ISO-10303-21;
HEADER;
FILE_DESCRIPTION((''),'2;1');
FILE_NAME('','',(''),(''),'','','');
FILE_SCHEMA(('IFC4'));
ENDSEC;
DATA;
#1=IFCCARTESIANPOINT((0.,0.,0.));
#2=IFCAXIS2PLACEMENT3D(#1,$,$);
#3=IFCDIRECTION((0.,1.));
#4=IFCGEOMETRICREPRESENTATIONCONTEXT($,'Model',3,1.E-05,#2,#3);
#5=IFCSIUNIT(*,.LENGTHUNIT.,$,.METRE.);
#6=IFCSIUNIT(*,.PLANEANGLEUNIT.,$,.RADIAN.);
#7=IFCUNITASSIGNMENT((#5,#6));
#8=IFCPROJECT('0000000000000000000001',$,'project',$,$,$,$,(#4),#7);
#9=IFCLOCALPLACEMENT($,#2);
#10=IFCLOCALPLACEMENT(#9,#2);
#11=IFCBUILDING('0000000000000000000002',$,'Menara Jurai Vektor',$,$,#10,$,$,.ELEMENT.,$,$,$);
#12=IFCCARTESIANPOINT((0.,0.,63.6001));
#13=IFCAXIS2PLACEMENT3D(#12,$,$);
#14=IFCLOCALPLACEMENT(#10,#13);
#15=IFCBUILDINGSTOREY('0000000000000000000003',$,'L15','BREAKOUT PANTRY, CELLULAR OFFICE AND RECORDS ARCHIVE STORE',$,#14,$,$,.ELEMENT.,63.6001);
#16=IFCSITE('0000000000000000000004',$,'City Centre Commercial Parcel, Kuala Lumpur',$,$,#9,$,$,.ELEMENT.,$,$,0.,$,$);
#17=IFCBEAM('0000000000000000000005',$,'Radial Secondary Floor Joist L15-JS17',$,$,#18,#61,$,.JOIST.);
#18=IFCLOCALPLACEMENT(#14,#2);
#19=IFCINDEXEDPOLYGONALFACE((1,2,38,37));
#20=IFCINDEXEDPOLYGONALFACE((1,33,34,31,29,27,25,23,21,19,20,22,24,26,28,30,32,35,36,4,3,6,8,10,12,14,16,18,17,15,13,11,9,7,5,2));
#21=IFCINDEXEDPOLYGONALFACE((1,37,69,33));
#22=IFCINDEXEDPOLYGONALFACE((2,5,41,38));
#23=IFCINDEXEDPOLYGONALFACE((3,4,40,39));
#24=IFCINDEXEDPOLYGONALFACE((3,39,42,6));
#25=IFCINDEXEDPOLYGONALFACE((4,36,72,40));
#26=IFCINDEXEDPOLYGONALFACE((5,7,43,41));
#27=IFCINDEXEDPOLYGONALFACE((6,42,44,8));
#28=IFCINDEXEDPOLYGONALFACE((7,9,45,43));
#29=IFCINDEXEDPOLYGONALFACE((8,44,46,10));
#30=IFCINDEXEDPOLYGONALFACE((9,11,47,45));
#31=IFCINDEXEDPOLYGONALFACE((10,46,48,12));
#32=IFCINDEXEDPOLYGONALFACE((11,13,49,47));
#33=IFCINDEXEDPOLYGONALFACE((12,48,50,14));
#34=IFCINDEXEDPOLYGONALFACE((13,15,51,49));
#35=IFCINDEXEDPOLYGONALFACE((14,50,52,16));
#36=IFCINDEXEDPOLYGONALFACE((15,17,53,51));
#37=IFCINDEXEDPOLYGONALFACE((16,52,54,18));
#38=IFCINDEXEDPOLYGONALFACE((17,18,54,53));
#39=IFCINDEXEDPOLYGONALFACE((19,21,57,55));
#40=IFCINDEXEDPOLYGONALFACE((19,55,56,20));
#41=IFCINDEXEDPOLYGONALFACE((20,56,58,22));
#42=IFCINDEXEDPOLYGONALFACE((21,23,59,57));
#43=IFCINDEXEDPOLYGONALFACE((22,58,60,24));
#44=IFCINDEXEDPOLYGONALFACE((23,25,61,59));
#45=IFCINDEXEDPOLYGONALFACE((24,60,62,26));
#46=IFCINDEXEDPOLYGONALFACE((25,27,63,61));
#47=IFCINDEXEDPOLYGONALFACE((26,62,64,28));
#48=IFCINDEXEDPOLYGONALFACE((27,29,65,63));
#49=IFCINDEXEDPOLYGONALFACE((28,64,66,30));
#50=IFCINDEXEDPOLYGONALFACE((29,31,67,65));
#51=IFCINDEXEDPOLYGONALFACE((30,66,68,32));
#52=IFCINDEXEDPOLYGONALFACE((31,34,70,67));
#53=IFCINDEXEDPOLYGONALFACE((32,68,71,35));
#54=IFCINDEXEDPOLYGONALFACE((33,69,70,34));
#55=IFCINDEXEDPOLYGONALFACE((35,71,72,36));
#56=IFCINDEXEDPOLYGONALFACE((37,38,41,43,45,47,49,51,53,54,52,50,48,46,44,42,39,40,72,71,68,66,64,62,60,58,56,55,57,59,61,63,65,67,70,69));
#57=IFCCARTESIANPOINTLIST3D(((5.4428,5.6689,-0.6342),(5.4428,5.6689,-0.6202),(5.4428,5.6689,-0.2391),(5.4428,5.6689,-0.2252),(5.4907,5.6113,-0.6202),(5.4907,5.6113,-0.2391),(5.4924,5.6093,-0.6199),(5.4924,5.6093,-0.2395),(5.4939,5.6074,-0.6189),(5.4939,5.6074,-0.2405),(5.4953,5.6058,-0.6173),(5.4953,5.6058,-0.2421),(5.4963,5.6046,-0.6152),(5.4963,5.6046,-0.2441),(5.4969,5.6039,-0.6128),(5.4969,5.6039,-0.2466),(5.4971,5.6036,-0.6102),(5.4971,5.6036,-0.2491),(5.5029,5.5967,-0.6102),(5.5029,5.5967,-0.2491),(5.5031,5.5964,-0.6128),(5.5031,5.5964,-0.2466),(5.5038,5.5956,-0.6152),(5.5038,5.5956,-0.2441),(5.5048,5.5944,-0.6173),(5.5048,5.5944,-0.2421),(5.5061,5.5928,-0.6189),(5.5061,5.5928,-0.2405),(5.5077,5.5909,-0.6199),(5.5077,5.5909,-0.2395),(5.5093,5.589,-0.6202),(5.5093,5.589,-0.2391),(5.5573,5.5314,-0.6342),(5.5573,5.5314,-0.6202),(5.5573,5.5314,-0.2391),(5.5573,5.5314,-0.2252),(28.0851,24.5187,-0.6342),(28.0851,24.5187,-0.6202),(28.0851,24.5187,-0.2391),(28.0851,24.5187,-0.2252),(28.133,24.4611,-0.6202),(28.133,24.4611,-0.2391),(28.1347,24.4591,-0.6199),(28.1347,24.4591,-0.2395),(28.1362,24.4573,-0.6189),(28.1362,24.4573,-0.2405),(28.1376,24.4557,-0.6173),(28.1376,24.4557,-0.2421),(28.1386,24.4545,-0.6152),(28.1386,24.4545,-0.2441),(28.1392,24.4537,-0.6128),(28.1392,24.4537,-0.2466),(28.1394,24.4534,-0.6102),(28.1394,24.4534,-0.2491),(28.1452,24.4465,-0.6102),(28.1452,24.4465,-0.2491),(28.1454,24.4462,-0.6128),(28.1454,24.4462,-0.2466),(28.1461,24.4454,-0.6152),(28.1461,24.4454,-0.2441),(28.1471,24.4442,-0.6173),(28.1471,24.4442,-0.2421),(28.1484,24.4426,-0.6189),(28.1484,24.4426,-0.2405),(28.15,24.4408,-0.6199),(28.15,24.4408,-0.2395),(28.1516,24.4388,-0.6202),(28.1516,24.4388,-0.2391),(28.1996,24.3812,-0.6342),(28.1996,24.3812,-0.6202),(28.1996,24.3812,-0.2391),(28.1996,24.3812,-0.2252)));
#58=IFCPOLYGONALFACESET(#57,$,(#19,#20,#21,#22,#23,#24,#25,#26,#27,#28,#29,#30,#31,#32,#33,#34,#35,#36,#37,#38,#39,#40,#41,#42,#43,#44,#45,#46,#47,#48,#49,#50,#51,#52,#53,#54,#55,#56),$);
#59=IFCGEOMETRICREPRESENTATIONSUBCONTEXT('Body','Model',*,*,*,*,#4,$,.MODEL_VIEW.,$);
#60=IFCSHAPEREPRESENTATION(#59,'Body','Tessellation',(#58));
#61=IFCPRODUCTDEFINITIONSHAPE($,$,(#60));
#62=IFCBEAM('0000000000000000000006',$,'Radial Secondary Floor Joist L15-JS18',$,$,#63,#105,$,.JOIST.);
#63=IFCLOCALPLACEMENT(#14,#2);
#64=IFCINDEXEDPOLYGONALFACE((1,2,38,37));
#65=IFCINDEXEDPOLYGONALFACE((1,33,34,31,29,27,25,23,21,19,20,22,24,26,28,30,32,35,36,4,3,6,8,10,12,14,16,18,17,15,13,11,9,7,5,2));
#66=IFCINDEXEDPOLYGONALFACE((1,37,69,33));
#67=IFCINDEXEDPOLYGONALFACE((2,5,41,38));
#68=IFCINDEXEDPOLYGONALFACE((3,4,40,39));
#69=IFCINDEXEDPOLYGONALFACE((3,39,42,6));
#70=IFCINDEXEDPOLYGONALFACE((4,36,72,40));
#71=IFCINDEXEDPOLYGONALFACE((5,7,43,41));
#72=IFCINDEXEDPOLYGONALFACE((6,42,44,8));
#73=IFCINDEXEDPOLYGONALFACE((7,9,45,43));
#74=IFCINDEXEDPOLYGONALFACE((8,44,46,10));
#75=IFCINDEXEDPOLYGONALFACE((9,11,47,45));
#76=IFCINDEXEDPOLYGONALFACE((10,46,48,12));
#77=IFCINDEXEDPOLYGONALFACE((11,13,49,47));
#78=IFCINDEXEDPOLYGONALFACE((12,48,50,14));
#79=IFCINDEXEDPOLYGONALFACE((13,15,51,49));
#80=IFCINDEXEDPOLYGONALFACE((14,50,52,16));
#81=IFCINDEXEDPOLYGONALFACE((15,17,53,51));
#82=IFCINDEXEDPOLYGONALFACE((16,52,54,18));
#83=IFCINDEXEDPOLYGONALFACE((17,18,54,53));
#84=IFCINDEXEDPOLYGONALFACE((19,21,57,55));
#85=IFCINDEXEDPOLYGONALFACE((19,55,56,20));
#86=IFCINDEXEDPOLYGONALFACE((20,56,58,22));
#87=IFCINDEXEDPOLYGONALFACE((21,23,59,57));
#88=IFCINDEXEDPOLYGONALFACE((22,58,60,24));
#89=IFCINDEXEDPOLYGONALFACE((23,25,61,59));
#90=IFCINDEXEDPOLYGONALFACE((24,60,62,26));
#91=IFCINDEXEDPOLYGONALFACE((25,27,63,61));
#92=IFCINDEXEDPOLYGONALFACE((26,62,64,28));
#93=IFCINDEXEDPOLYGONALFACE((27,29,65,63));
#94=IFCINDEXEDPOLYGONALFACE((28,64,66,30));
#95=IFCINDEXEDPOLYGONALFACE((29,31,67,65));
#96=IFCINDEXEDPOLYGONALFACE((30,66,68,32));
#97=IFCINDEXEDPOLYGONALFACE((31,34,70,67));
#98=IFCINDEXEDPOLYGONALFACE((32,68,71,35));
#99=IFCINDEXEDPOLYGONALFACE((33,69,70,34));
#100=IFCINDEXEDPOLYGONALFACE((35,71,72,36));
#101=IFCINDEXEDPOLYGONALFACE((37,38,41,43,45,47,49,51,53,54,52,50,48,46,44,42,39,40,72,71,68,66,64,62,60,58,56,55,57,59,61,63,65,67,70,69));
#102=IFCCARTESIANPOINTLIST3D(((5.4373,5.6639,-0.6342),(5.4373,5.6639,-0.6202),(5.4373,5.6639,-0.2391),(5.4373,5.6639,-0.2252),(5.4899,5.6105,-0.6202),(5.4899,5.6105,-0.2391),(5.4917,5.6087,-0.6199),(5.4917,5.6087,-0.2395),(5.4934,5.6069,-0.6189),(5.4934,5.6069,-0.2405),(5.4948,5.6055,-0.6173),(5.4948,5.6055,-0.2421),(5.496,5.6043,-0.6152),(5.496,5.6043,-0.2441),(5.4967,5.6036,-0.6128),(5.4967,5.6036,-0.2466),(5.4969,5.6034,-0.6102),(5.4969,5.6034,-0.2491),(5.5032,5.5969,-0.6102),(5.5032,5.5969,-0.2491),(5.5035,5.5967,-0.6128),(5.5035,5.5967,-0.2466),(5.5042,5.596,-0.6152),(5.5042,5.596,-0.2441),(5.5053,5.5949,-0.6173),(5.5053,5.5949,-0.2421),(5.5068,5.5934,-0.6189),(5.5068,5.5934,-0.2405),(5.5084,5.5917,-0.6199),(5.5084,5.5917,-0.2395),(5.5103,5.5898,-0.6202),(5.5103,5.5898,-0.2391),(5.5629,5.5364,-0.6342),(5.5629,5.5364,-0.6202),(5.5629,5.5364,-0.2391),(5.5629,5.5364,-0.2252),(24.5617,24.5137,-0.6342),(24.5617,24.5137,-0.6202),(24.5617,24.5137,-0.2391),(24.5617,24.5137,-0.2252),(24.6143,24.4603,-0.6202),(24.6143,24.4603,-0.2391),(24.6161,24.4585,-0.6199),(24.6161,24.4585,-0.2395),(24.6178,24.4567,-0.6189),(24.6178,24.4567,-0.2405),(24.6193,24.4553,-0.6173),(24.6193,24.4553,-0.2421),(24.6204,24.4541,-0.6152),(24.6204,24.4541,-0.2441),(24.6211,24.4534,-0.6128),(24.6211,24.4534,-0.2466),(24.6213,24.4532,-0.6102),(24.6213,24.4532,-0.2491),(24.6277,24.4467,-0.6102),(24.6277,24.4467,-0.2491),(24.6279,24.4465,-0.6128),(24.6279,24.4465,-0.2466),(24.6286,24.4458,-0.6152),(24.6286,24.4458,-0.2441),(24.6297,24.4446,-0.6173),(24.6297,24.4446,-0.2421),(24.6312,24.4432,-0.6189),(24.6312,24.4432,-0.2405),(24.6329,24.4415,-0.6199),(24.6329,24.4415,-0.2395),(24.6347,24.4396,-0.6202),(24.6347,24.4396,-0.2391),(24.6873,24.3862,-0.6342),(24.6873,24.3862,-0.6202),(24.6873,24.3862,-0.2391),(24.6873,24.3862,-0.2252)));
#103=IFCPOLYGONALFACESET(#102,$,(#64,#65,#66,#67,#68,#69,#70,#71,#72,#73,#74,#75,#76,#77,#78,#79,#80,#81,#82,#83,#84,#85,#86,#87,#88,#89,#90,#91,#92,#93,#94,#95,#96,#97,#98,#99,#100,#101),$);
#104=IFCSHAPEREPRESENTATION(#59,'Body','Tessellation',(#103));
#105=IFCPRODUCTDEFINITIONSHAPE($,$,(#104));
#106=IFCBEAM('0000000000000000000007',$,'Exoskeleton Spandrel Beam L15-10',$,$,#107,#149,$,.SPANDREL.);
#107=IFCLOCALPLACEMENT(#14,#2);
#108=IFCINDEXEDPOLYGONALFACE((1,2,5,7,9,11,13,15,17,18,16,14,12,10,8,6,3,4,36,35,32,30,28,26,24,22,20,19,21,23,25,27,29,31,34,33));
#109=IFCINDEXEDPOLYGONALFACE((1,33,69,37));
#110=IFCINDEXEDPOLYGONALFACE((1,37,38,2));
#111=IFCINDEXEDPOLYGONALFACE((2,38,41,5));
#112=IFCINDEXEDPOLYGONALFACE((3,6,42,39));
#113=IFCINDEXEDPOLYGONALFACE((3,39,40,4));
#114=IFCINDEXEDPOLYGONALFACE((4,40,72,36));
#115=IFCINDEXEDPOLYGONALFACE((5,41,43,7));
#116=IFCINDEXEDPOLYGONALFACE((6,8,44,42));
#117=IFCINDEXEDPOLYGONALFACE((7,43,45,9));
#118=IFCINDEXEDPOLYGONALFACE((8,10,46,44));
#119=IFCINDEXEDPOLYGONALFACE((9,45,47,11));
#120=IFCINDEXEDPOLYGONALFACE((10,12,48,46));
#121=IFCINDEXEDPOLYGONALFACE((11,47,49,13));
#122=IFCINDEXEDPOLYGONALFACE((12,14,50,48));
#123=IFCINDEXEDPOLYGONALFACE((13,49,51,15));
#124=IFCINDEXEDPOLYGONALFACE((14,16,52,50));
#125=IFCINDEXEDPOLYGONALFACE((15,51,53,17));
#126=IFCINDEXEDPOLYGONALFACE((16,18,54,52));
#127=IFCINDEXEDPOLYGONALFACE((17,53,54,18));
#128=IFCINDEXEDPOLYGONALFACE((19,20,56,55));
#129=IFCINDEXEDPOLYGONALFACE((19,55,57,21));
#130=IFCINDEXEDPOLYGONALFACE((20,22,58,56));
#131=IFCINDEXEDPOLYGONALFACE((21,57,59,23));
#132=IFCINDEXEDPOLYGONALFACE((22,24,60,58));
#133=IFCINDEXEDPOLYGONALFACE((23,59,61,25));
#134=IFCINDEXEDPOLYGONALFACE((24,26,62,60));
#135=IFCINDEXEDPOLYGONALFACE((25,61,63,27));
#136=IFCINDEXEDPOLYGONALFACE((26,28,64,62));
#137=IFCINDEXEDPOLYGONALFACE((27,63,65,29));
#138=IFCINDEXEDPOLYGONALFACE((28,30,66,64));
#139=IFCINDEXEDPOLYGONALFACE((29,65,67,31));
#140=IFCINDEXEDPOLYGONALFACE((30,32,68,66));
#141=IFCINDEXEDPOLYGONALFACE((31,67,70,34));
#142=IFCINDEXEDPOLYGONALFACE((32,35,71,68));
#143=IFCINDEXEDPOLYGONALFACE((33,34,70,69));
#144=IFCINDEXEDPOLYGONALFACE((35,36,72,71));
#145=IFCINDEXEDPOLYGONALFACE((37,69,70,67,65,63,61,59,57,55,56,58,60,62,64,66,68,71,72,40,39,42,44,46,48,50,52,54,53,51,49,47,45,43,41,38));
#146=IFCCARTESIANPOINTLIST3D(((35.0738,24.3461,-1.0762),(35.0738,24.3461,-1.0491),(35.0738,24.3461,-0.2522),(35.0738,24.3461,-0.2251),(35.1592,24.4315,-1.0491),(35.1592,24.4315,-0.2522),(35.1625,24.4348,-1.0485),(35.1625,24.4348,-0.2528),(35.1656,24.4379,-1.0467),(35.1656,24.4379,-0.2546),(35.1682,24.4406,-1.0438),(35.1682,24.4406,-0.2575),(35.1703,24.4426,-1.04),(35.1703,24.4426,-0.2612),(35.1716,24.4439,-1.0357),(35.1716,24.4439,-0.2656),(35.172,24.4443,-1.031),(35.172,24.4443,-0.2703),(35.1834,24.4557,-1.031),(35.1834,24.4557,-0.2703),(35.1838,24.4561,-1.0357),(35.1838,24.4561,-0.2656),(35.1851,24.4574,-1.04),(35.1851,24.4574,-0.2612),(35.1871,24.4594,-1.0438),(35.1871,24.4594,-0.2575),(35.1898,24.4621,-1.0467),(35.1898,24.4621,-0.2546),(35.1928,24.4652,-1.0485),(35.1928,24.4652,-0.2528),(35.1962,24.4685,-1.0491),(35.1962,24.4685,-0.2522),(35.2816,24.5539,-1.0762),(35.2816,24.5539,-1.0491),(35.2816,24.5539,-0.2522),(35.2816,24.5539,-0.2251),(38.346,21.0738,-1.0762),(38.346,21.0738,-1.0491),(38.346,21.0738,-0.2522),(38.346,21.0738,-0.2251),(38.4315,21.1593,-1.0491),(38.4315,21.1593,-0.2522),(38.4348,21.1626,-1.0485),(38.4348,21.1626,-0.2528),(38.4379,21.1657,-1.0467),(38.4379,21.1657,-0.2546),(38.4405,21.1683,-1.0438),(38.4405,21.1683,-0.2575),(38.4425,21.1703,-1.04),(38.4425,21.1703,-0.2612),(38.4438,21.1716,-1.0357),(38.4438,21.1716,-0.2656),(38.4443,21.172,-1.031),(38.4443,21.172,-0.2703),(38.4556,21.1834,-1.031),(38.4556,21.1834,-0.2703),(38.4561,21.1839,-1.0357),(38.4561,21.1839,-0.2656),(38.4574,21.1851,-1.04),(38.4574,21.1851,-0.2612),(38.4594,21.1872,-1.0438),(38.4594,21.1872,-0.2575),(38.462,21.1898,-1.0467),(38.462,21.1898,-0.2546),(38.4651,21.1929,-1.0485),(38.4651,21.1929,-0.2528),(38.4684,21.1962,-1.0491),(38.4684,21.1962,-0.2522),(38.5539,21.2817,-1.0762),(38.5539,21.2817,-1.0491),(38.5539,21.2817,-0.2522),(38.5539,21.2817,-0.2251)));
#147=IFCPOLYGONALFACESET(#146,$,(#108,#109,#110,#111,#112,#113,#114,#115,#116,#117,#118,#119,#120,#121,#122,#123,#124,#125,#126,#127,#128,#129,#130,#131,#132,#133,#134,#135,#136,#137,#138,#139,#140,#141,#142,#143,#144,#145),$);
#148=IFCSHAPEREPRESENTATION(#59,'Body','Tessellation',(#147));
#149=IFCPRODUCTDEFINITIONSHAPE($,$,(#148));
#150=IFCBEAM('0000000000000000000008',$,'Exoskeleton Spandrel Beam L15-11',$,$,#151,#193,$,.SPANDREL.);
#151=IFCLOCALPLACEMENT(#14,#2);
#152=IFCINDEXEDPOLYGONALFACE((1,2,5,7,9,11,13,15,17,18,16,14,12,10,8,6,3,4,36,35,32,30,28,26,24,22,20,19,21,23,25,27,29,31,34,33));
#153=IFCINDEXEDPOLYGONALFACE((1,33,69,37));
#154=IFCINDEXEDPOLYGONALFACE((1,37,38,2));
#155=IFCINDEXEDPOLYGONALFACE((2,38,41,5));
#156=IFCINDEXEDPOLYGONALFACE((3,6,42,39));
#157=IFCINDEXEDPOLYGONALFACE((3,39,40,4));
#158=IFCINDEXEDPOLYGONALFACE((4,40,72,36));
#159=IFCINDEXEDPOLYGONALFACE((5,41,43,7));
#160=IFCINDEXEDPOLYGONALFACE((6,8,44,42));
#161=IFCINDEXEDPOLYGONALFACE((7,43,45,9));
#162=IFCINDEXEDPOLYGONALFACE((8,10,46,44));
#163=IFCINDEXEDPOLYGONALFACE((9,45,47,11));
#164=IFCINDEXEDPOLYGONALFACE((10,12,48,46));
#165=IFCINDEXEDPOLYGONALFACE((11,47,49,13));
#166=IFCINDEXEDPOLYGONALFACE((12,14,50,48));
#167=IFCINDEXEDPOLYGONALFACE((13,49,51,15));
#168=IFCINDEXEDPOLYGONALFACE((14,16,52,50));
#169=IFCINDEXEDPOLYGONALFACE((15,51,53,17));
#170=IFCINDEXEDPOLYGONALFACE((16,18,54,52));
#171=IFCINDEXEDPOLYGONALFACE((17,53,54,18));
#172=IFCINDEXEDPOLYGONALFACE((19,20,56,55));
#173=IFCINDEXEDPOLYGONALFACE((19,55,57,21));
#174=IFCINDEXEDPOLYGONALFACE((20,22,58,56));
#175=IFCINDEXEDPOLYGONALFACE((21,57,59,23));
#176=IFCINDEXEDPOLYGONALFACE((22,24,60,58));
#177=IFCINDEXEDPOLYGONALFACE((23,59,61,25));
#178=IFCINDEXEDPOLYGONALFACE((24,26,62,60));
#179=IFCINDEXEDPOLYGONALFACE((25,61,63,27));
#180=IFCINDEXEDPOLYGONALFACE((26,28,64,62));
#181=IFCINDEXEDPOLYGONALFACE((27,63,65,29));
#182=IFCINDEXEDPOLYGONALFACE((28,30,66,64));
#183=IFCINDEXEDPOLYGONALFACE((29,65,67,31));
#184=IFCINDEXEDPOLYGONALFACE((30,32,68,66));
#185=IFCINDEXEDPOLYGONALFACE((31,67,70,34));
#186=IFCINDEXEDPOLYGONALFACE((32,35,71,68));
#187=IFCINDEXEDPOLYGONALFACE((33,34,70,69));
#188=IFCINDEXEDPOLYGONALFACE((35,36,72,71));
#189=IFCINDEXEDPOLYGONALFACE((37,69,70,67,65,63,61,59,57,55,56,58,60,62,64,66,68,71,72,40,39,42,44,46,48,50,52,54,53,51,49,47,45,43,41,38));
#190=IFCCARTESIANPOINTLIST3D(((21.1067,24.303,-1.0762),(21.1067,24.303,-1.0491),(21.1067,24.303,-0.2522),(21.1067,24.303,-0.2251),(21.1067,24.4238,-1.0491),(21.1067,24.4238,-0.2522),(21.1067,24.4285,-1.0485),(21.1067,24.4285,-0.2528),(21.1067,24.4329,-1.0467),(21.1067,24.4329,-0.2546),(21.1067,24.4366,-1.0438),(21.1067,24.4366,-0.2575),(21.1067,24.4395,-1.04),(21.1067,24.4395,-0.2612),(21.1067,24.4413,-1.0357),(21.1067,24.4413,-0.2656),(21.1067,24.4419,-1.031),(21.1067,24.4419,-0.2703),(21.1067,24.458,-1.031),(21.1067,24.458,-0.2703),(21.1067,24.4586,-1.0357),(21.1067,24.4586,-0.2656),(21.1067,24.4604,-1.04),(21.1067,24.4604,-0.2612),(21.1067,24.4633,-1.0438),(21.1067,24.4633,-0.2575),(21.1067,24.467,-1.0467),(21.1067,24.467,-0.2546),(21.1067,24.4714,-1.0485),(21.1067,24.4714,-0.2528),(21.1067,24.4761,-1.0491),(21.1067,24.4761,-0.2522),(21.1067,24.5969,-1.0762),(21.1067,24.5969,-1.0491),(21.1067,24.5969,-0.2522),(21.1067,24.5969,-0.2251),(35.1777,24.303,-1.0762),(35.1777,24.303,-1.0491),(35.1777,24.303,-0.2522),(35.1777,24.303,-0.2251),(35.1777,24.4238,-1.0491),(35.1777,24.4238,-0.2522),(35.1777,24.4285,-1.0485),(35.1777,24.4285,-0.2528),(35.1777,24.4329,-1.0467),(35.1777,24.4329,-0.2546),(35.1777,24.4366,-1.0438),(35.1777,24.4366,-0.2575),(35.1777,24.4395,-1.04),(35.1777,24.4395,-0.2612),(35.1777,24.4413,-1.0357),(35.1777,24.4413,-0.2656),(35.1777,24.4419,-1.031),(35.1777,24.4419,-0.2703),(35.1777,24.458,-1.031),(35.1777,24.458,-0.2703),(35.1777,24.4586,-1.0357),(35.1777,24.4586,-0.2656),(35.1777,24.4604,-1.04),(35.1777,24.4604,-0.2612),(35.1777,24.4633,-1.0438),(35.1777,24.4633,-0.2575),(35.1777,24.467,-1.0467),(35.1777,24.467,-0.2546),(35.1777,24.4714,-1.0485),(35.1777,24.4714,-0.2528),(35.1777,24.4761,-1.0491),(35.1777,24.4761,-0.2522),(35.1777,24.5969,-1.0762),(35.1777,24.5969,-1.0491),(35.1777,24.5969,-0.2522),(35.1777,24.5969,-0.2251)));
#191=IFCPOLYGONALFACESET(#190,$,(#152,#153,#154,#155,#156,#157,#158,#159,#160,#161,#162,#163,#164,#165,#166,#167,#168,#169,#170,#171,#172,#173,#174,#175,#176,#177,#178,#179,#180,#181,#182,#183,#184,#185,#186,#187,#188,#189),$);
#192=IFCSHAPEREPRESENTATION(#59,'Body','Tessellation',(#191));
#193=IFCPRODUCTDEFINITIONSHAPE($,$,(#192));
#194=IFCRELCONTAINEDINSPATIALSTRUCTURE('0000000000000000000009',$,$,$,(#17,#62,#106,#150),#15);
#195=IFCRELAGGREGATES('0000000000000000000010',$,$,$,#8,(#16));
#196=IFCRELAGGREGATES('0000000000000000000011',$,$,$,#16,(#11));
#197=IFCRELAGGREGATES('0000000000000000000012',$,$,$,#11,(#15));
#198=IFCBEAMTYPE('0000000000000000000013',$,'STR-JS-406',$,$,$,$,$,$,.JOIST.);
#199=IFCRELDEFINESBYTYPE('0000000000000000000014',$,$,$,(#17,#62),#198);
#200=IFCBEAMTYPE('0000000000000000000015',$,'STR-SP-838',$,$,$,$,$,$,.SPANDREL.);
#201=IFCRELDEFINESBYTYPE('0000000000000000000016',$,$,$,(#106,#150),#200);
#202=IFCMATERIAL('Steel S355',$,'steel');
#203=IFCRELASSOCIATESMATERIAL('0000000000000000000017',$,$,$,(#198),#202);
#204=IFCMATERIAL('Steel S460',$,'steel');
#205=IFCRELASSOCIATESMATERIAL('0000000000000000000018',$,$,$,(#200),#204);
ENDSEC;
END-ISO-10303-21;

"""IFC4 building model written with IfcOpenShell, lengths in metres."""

from ifc_helpers import new_model, si_unit, direction, frame, origin, origin_2d, place, context, subcontext, project, spatial, i_section, extrude, material, material_profile, profile_set, type_object, element, save


model = new_model("IFC4")

# Units and contexts
model_context = context("Model", 3, precision=1e-05, world=origin(), true_north=direction((0.0, 1.0)))
body_context = subcontext(model_context, "Body", "Model", "MODEL_VIEW")
ifc_project = project(units=[si_unit("LENGTHUNIT", "METRE"), si_unit("PLANEANGLEUNIT", "RADIAN")], contexts=[model_context])

# Site, building, storey
site_placement = place(None, origin())
site = spatial("IfcSite", under=ifc_project, at=site_placement, Name="City Centre Commercial Parcel, Kuala Lumpur", CompositionType="ELEMENT", RefElevation=0.0)
building_placement = place(site_placement, origin())
building = spatial("IfcBuilding", under=site, at=building_placement, Name="Menara Jurai Vektor", CompositionType="ELEMENT")
storey_placement = place(building_placement, frame((0.0, 0.0, 63.6001)))
storey = spatial("IfcBuildingStorey", under=building, at=storey_placement, Name="L15", Description="BREAKOUT PANTRY, CELLULAR OFFICE AND RECORDS ARCHIVE STORE", CompositionType="ELEMENT", Elevation=63.6001)

# Shared definitions
ifc_material_1 = material(Name="Steel S460", Category="steel")

# Shared definitions
ifc_material_2 = material(Name="Steel S355", Category="steel")

# Beams
ifc_material_profile_1 = material_profile(ifc_material_2, i_section(OverallWidth=0.179, OverallDepth=0.4089, WebThickness=0.009, FlangeThickness=0.0139, FilletRadius=0.01, at=origin_2d()), Name="UKB 406x178x67")
ifc_profile_set_1 = profile_set([ifc_material_profile_1], Name="Steel S355")
beam_type_1 = type_object("IfcBeamType", Name="STR-JS-406", PredefinedType="JOIST", material=ifc_profile_set_1)
beam_1_placement = place(storey_placement, frame((28.1423, 24.45, -0.4297), z_axis=(-0.768534, -0.639809, 0.0), x_axis=(0.639809, -0.768534, 0.0)))
element("IfcBeam", 1, at=beam_1_placement, inside=storey, type_object=beam_type_1, Name="Radial Secondary Floor Joist L15-JS17", PredefinedType="JOIST", context=body_context, shape_type="SweptSolid", body=[
    extrude(i_section(OverallWidth=0.179, OverallDepth=0.4089, WebThickness=0.009, FlangeThickness=0.0139, FilletRadius=0.01, at=origin_2d()), origin(), (0.0, 0.0, 1.0), 29.4617),
])
beam_2_placement = place(storey_placement, frame((24.6245, 24.45, -0.4297), z_axis=(-0.712202, -0.701974, 0.0), x_axis=(0.701974, -0.712202, 0.0)))
element("IfcBeam", 2, at=beam_2_placement, inside=storey, type_object=beam_type_1, Name="Radial Secondary Floor Joist L15-JS18", PredefinedType="JOIST", context=body_context, shape_type="SweptSolid", body=[
    extrude(i_section(OverallWidth=0.179, OverallDepth=0.4089, WebThickness=0.009, FlangeThickness=0.0139, FilletRadius=0.01, at=origin_2d()), origin(), (0.0, 0.0, 1.0), 26.8525),
])
ifc_material_profile_2 = material_profile(ifc_material_1, i_section(OverallWidth=0.2939, OverallDepth=0.8511, WebThickness=0.0161, FlangeThickness=0.0271, FilletRadius=0.0181, at=origin_2d()), Name="UKB 838x292x226")
ifc_profile_set_2 = profile_set([ifc_material_profile_2], Name="Steel S460")
beam_type_2 = type_object("IfcBeamType", Name="STR-SP-838", PredefinedType="SPANDREL", material=ifc_profile_set_2)
beam_3_placement = place(storey_placement, frame((38.45, 21.1777, -0.6506), z_axis=(-0.707107, 0.707107, 0.0), x_axis=(-0.707107, -0.707107, 0.0)))
element("IfcBeam", 3, at=beam_3_placement, inside=storey, type_object=beam_type_2, Name="Exoskeleton Spandrel Beam L15-10", PredefinedType="SPANDREL", context=body_context, shape_type="SweptSolid", body=[
    extrude(i_section(OverallWidth=0.2939, OverallDepth=0.8511, WebThickness=0.0161, FlangeThickness=0.0271, FilletRadius=0.0181, at=origin_2d()), origin(), (0.0, 0.0, 1.0), 4.6277),
])
beam_4_placement = place(storey_placement, frame((35.1777, 24.45, -0.6506), z_axis=(-1.0, 0.0, 0.0), x_axis=(0.0, -1.0, 0.0)))
element("IfcBeam", 4, at=beam_4_placement, inside=storey, type_object=beam_type_2, Name="Exoskeleton Spandrel Beam L15-11", PredefinedType="SPANDREL", context=body_context, shape_type="SweptSolid", body=[
    extrude(i_section(OverallWidth=0.2939, OverallDepth=0.8511, WebThickness=0.0161, FlangeThickness=0.0271, FilletRadius=0.0181, at=origin_2d()), origin(), (0.0, 0.0, 1.0), 14.071),
])

save(model, "model.ifc")
